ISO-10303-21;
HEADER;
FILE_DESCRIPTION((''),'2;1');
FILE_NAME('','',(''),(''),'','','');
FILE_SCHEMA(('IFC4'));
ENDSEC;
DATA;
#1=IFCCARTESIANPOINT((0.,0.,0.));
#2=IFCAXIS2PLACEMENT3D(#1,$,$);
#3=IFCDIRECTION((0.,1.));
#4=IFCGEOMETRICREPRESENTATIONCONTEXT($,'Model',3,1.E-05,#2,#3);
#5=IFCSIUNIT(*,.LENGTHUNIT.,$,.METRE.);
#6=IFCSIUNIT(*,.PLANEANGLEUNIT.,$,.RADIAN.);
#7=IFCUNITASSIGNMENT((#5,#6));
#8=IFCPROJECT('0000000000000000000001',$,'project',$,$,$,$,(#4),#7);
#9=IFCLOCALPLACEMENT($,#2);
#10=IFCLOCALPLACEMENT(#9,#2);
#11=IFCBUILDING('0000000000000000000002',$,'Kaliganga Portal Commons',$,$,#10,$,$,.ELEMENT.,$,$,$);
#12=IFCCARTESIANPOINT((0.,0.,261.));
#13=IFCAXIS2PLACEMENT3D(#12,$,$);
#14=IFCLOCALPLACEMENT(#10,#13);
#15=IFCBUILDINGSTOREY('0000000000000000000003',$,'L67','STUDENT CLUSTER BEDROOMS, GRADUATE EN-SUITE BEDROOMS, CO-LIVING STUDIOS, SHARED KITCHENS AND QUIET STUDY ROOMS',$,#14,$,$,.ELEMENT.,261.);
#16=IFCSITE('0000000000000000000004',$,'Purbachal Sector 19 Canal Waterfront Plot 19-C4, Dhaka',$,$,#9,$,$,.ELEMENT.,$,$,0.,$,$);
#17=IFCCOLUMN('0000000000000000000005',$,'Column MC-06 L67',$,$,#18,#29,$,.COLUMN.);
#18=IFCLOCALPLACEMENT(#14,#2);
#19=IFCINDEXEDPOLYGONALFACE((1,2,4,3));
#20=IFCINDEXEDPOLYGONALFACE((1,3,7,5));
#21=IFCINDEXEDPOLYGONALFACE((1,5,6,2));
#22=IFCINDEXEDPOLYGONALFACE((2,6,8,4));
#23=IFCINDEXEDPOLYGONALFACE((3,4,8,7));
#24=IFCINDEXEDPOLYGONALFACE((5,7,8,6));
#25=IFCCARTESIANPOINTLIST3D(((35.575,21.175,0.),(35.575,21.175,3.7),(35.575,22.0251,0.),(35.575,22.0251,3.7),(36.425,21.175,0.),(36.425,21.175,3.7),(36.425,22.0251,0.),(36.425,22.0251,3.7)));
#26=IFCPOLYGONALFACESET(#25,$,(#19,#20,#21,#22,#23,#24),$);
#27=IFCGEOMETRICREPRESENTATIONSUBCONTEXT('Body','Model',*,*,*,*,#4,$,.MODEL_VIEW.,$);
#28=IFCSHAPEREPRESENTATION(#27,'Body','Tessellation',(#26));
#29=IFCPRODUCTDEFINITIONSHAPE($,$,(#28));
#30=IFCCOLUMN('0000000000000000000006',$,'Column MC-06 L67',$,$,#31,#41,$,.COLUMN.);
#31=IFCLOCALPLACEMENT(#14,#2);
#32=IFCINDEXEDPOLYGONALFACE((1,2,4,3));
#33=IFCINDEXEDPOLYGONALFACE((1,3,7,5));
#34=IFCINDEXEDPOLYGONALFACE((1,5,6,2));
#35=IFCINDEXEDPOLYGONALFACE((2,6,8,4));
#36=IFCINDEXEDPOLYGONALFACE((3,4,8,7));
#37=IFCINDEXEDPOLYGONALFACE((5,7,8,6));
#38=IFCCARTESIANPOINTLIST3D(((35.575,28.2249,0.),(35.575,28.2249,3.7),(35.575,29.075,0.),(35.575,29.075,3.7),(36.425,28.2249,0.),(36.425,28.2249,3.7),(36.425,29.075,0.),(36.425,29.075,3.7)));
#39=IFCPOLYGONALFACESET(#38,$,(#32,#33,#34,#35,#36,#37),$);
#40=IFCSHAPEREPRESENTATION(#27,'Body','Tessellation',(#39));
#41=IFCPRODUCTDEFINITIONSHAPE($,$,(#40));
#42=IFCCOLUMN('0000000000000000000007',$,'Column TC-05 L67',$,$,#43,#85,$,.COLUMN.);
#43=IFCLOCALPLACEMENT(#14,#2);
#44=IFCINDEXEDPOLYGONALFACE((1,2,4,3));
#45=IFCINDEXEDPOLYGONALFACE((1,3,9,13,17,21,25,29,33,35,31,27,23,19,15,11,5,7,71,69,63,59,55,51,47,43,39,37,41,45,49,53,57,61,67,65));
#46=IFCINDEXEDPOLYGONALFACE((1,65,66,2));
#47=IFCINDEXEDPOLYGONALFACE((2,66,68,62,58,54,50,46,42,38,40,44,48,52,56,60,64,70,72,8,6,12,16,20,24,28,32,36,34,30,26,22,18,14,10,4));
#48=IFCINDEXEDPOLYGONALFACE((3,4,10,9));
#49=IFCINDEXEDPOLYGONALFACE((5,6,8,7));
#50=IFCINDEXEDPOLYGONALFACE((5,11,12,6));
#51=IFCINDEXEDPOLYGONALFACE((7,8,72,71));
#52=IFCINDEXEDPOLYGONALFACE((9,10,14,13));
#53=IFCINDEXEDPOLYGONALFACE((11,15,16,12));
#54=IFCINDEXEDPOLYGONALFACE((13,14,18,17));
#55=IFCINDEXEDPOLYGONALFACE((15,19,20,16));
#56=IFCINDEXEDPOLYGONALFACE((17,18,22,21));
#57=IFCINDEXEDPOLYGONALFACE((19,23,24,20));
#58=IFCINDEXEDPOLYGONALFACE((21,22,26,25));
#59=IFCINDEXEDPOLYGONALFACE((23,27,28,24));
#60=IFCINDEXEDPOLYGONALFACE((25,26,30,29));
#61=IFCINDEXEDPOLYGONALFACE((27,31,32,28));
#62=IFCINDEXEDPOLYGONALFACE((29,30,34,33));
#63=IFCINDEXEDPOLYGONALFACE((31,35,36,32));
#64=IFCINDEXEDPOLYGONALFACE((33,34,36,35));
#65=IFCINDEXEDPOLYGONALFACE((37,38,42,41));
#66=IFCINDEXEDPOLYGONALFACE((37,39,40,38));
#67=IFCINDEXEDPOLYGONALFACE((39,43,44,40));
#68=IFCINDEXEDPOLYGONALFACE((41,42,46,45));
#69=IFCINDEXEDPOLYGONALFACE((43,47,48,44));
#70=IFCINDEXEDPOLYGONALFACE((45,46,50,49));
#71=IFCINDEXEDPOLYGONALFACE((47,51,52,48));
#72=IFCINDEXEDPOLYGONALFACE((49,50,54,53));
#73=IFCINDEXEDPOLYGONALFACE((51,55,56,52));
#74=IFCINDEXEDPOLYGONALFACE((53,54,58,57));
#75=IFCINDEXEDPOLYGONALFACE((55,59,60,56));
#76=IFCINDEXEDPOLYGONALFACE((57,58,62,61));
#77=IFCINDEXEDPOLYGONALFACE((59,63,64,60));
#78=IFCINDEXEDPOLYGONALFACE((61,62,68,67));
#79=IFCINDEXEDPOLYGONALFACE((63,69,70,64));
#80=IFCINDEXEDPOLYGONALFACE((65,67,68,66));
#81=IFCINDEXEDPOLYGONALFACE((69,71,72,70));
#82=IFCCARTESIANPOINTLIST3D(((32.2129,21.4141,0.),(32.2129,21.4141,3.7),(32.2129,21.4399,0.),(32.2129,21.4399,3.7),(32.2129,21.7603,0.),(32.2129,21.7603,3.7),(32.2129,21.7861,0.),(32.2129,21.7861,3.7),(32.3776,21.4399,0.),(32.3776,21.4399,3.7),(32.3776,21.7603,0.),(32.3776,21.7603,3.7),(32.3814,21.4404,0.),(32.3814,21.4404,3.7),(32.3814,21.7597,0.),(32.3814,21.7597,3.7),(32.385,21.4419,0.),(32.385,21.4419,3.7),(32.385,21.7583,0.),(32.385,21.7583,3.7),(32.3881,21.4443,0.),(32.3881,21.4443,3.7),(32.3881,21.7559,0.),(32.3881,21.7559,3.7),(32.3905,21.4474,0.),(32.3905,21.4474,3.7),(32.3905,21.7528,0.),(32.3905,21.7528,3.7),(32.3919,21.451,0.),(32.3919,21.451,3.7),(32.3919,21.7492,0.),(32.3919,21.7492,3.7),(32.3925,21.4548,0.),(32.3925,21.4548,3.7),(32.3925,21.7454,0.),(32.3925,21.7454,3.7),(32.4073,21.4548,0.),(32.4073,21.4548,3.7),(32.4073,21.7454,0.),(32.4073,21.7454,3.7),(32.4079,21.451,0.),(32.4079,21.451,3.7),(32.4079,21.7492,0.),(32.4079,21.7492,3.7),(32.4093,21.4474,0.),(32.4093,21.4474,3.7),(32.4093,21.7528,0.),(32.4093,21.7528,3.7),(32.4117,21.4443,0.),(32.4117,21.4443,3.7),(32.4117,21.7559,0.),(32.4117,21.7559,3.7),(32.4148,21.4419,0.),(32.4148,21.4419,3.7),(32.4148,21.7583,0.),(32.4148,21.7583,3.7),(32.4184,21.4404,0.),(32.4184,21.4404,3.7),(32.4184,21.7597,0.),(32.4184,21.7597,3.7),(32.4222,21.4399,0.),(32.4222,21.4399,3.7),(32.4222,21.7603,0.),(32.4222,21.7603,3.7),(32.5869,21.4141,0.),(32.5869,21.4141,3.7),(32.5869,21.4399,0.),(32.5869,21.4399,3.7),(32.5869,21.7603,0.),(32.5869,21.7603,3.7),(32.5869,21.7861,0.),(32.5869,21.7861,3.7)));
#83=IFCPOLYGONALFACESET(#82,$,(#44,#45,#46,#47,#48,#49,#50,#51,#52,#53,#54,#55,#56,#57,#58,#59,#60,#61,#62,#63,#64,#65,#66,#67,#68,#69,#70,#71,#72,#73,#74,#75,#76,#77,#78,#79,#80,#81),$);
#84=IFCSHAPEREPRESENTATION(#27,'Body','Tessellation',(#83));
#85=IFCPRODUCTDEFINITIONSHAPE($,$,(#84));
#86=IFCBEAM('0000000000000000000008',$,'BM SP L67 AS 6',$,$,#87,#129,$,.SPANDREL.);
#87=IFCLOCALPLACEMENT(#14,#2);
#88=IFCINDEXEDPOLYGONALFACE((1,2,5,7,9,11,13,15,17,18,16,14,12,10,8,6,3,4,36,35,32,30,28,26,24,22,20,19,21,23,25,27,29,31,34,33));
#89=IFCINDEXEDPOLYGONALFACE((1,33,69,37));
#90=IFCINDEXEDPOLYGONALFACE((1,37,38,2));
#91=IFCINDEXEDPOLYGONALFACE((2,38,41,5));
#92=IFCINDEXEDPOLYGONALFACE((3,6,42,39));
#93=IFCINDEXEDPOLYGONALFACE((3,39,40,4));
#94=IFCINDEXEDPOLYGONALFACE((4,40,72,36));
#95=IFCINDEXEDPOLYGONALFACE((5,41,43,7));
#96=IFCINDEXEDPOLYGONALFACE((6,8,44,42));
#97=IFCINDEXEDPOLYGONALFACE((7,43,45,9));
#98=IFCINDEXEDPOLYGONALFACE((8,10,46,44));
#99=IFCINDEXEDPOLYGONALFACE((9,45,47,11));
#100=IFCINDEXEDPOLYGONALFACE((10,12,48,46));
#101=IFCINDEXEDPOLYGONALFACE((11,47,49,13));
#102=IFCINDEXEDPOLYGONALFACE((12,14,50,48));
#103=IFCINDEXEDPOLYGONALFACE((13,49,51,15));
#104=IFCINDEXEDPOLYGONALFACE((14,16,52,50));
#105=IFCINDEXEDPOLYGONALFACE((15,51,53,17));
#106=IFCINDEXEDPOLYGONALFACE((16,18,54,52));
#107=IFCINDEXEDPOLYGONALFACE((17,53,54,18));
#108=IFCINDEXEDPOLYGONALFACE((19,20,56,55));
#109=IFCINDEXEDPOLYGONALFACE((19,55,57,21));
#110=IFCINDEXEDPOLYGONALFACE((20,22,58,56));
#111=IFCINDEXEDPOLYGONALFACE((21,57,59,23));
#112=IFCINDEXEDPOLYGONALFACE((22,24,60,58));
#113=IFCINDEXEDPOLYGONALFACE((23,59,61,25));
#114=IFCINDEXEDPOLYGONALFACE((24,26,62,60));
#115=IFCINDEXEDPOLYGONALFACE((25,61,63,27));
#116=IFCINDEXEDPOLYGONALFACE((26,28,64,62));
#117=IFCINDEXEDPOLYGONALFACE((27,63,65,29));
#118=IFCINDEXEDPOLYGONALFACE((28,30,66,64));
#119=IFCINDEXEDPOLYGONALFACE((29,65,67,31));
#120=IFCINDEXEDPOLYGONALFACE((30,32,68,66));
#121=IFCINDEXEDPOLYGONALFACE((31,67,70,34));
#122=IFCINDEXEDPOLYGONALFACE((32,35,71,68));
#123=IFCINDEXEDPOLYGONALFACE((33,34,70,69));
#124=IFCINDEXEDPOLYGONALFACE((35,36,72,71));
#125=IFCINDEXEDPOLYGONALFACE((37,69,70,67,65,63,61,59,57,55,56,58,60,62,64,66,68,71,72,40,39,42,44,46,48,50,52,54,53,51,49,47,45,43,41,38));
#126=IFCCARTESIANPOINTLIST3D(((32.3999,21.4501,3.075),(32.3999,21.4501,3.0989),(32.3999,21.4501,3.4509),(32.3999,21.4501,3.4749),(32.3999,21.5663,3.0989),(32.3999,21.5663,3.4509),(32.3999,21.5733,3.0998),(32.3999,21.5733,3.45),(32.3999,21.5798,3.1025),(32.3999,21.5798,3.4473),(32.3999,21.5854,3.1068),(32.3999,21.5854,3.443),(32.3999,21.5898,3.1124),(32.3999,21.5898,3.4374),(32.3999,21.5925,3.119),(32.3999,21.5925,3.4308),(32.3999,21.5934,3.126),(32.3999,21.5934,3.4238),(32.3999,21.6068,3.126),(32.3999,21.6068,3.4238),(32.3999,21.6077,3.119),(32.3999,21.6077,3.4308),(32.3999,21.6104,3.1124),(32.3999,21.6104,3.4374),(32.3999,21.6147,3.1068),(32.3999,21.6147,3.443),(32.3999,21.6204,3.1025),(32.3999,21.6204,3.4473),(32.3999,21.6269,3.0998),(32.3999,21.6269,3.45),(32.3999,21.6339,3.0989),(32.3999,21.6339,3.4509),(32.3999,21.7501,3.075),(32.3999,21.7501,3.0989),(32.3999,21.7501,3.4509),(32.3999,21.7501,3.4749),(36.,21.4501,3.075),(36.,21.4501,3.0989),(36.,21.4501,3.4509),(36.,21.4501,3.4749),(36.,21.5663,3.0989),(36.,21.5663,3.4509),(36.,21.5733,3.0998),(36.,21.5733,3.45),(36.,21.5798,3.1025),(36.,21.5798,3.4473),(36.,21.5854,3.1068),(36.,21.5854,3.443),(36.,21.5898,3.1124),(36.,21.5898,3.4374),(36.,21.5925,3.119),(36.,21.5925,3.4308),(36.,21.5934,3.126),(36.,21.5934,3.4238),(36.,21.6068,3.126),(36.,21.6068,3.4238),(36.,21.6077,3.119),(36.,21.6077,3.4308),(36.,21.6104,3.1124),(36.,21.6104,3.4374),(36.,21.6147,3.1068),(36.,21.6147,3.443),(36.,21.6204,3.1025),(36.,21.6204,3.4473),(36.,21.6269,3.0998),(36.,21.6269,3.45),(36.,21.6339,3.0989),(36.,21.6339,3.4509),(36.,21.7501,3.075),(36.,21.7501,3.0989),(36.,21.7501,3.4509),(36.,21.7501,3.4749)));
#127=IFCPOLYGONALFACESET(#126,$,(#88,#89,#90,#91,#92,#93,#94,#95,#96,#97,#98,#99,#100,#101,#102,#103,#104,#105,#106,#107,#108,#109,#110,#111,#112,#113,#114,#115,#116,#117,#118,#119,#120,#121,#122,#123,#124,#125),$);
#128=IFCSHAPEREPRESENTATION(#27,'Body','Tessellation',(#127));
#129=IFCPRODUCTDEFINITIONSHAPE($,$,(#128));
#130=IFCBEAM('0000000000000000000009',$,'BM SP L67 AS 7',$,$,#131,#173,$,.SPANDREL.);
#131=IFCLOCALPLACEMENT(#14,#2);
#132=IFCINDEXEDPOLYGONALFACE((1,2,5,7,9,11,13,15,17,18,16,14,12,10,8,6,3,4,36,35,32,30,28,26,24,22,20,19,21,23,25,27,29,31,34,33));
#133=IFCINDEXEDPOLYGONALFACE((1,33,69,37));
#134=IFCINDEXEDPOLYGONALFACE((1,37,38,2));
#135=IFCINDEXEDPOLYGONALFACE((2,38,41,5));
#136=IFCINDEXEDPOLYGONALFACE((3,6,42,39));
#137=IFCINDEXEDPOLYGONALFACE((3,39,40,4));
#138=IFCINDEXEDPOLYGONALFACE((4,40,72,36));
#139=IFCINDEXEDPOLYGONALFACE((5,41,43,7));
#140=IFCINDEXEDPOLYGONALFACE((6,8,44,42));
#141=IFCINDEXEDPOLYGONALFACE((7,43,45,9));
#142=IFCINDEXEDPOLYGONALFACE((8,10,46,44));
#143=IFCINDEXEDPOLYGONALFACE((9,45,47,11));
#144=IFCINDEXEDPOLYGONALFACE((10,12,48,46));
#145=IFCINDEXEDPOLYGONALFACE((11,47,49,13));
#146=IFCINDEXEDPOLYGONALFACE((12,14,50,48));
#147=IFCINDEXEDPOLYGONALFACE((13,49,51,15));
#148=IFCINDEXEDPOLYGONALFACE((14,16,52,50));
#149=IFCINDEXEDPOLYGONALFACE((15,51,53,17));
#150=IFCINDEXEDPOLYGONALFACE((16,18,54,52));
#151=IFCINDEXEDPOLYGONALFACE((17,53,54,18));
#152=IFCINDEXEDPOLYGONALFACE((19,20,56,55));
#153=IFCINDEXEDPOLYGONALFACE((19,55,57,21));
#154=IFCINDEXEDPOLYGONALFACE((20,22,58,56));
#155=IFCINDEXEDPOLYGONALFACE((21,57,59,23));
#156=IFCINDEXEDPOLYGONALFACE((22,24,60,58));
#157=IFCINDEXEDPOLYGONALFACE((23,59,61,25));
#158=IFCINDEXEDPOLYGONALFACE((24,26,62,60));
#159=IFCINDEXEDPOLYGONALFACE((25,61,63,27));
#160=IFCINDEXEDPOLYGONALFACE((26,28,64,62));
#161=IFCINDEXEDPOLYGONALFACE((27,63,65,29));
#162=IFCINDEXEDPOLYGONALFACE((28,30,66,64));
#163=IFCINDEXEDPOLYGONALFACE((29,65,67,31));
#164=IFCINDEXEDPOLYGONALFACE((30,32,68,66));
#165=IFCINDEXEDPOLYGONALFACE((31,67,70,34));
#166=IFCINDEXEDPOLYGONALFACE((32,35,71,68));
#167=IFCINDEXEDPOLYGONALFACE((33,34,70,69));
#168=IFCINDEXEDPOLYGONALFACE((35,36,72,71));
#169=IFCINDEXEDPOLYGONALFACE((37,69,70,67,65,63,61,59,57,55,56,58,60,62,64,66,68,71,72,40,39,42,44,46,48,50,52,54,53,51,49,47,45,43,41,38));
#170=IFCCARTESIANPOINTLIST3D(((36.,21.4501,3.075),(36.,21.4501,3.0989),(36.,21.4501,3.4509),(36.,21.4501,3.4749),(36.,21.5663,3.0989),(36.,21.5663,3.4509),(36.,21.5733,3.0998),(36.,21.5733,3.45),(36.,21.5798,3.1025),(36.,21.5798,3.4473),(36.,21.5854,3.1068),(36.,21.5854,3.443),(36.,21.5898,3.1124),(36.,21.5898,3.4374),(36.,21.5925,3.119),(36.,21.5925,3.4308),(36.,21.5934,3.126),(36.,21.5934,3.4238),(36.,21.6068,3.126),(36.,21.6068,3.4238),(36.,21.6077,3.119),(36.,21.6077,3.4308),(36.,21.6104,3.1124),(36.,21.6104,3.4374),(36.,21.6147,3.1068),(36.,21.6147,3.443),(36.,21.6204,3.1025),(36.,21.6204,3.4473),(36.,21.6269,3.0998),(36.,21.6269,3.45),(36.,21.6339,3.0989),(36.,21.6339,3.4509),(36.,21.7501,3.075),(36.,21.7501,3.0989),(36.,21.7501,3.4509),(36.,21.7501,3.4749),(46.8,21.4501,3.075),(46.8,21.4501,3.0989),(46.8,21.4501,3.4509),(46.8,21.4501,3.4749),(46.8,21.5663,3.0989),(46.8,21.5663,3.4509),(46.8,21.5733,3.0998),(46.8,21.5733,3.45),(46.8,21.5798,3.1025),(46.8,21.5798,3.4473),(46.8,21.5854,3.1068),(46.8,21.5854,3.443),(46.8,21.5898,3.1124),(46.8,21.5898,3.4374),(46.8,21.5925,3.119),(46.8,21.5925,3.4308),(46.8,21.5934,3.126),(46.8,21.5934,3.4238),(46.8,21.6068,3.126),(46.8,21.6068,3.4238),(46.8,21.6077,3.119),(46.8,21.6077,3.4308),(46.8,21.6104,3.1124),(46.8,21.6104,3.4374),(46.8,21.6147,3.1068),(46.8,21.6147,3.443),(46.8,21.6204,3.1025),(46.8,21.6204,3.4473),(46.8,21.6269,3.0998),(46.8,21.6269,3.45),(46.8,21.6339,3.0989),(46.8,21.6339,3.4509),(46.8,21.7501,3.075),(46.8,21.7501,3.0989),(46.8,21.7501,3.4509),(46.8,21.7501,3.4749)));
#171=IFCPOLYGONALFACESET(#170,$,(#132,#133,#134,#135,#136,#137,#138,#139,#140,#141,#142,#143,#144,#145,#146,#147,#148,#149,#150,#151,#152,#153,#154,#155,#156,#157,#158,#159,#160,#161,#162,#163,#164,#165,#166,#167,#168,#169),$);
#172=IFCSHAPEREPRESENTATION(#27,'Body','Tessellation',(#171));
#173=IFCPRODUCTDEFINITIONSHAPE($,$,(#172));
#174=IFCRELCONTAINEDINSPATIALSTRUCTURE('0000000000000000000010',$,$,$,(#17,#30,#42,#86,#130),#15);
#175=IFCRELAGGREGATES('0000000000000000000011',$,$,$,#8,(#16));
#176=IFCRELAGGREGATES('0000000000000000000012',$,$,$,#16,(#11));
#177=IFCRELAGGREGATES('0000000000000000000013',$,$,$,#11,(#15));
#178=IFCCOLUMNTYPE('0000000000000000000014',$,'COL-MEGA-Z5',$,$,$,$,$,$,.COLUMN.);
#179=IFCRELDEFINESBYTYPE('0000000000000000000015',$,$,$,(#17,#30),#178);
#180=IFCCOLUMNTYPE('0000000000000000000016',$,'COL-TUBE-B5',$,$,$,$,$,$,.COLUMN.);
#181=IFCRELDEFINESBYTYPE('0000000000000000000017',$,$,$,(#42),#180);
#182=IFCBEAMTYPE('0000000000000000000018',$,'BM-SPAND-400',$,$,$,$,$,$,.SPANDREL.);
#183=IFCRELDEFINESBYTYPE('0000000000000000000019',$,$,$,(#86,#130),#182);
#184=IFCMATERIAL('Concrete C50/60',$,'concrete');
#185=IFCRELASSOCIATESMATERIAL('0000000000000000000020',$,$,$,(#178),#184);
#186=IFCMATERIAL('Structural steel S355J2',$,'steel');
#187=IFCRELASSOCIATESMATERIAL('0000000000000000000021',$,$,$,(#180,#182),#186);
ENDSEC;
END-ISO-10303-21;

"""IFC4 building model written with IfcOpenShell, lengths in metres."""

from ifc_helpers import new_model, si_unit, direction, frame, origin, origin_2d, place, context, subcontext, project, spatial, rectangle, i_section, extrude, source, transform, mapped, material, material_profile, profile_set, type_object, element, save


model = new_model("IFC4")

# Units and contexts
model_context = context("Model", 3, precision=1e-05, world=origin(), true_north=direction((0.0, 1.0)))
body_context = subcontext(model_context, "Body", "Model", "MODEL_VIEW")
ifc_project = project(units=[si_unit("LENGTHUNIT", "METRE"), si_unit("PLANEANGLEUNIT", "RADIAN")], contexts=[model_context])

# Site, building, storey
site_placement = place(None, origin())
site = spatial("IfcSite", under=ifc_project, at=site_placement, Name="Purbachal Sector 19 Canal Waterfront Plot 19-C4, Dhaka", CompositionType="ELEMENT", RefElevation=0.0)
building_placement = place(site_placement, origin())
building = spatial("IfcBuilding", under=site, at=building_placement, Name="Kaliganga Portal Commons", CompositionType="ELEMENT")
storey_placement = place(building_placement, frame((0.0, 0.0, 261.0)))
storey = spatial("IfcBuildingStorey", under=building, at=storey_placement, Name="L67", Description="STUDENT CLUSTER BEDROOMS, GRADUATE EN-SUITE BEDROOMS, CO-LIVING STUDIOS, SHARED KITCHENS AND QUIET STUDY ROOMS", CompositionType="ELEMENT", Elevation=261.0)

# Columns
ifc_material_1 = material(Name="Concrete C50/60", Category="concrete")
ifc_material_profile_1 = material_profile(ifc_material_1, rectangle(XDim=0.8501, YDim=0.8501, at=origin_2d()), Name="RC 850x850")
ifc_profile_set_1 = profile_set([ifc_material_profile_1], Name="Concrete C50/60")
column_type_1 = type_object("IfcColumnType", Name="COL-MEGA-Z5", PredefinedType="COLUMN", material=ifc_profile_set_1)
shared_shape_1 = source(origin(), body_context, "Body", "SweptSolid", [
    extrude(rectangle(XDim=0.8501, YDim=0.8501, at=origin_2d()), origin(), (0.0, 0.0, 1.0), 3.7),
])
for number, where, z_axis, x_axis, name in (
    (1, (36.0, 21.6001, 0.0), (0.0, 0.0, 1.0), (1.0, 0.0, 0.0), "Column MC-06 L67"),
    (2, (36.0, 28.6499, 0.0), (0.0, 0.0, 1.0), (1.0, 0.0, 0.0), "Column MC-06 L67"),
):
    element("IfcColumn", number, at=place(storey_placement, frame(where, z_axis=z_axis, x_axis=x_axis)), inside=storey, type_object=column_type_1, Name=name, PredefinedType="COLUMN", context=body_context, shape_type="MappedRepresentation", body=[
        mapped(shared_shape_1, transform((0.0, 0.0, 0.0), x_axis=(1.0, 0.0, 0.0), y_axis=(0.0, 1.0, 0.0), z_axis=(0.0, 0.0, 1.0), scale=1.0)),
    ])
ifc_material_2 = material(Name="Structural steel S355J2", Category="steel")
ifc_material_profile_2 = material_profile(ifc_material_2, i_section(OverallWidth=0.374, OverallDepth=0.3721, WebThickness=0.0149, FlangeThickness=0.0259, FilletRadius=0.0149, at=origin_2d()), Name="HD 360x196")
ifc_profile_set_2 = profile_set([ifc_material_profile_2], Name="Structural steel S355J2 wide-flange")
column_type_2 = type_object("IfcColumnType", Name="COL-TUBE-B5", PredefinedType="COLUMN", material=ifc_profile_set_2)
shared_shape_2 = source(origin(), body_context, "Body", "SweptSolid", [
    extrude(i_section(OverallWidth=0.374, OverallDepth=0.3721, WebThickness=0.0149, FlangeThickness=0.0259, FilletRadius=0.0149, at=origin_2d()), origin(), (0.0, 0.0, 1.0), 3.7),
])
column_placement = place(storey_placement, frame((32.3999, 21.6001, 0.0), z_axis=(0.0, 0.0, 1.0), x_axis=(1.0, 0.0, 0.0)))
element("IfcColumn", 3, at=column_placement, inside=storey, type_object=column_type_2, Name="Column TC-05 L67", PredefinedType="COLUMN", context=body_context, shape_type="MappedRepresentation", body=[
    mapped(shared_shape_2, transform((0.0, 0.0, 0.0), x_axis=(1.0, 0.0, 0.0), y_axis=(0.0, 1.0, 0.0), z_axis=(0.0, 0.0, 1.0), scale=1.0)),
])

# Beams
ifc_material_profile_3 = material_profile(ifc_material_2, i_section(OverallWidth=0.3, OverallDepth=0.3999, WebThickness=0.0134, FlangeThickness=0.0239, FilletRadius=0.0271, at=origin_2d()), Name="HE 400 B")
ifc_profile_set_3 = profile_set([ifc_material_profile_3], Name="Structural steel S355J2 wide-flange")
beam_type_1 = type_object("IfcBeamType", Name="BM-SPAND-400", PredefinedType="SPANDREL", material=ifc_profile_set_3)
shared_shape_3 = source(origin(), body_context, "Body", "SweptSolid", [
    extrude(i_section(OverallWidth=0.3, OverallDepth=0.3999, WebThickness=0.0134, FlangeThickness=0.0239, FilletRadius=0.0271, at=origin_2d()), origin(), (0.0, 0.0, 1.0), 3.6001),
])
beam_1_placement = place(storey_placement, frame((32.3999, 21.6001, 3.2749), z_axis=(1.0, 0.0, 0.0), x_axis=(0.0, 1.0, 0.0)))
element("IfcBeam", 4, at=beam_1_placement, inside=storey, type_object=beam_type_1, Name="BM SP L67 AS 6", PredefinedType="SPANDREL", context=body_context, shape_type="MappedRepresentation", body=[
    mapped(shared_shape_3, transform((0.0, 0.0, 0.0), x_axis=(1.0, 0.0, 0.0), y_axis=(0.0, 1.0, 0.0), z_axis=(0.0, 0.0, 1.0), scale=1.0)),
])
shared_shape_4 = source(origin(), body_context, "Body", "SweptSolid", [
    extrude(i_section(OverallWidth=0.3, OverallDepth=0.3999, WebThickness=0.0134, FlangeThickness=0.0239, FilletRadius=0.0271, at=origin_2d()), origin(), (0.0, 0.0, 1.0), 10.8),
])
beam_2_placement = place(storey_placement, frame((36.0, 21.6001, 3.2749), z_axis=(1.0, 0.0, 0.0), x_axis=(0.0, 1.0, 0.0)))
element("IfcBeam", 5, at=beam_2_placement, inside=storey, type_object=beam_type_1, Name="BM SP L67 AS 7", PredefinedType="SPANDREL", context=body_context, shape_type="MappedRepresentation", body=[
    mapped(shared_shape_4, transform((0.0, 0.0, 0.0), x_axis=(1.0, 0.0, 0.0), y_axis=(0.0, 1.0, 0.0), z_axis=(0.0, 0.0, 1.0), scale=1.0)),
])

save(model, "model.ifc")
